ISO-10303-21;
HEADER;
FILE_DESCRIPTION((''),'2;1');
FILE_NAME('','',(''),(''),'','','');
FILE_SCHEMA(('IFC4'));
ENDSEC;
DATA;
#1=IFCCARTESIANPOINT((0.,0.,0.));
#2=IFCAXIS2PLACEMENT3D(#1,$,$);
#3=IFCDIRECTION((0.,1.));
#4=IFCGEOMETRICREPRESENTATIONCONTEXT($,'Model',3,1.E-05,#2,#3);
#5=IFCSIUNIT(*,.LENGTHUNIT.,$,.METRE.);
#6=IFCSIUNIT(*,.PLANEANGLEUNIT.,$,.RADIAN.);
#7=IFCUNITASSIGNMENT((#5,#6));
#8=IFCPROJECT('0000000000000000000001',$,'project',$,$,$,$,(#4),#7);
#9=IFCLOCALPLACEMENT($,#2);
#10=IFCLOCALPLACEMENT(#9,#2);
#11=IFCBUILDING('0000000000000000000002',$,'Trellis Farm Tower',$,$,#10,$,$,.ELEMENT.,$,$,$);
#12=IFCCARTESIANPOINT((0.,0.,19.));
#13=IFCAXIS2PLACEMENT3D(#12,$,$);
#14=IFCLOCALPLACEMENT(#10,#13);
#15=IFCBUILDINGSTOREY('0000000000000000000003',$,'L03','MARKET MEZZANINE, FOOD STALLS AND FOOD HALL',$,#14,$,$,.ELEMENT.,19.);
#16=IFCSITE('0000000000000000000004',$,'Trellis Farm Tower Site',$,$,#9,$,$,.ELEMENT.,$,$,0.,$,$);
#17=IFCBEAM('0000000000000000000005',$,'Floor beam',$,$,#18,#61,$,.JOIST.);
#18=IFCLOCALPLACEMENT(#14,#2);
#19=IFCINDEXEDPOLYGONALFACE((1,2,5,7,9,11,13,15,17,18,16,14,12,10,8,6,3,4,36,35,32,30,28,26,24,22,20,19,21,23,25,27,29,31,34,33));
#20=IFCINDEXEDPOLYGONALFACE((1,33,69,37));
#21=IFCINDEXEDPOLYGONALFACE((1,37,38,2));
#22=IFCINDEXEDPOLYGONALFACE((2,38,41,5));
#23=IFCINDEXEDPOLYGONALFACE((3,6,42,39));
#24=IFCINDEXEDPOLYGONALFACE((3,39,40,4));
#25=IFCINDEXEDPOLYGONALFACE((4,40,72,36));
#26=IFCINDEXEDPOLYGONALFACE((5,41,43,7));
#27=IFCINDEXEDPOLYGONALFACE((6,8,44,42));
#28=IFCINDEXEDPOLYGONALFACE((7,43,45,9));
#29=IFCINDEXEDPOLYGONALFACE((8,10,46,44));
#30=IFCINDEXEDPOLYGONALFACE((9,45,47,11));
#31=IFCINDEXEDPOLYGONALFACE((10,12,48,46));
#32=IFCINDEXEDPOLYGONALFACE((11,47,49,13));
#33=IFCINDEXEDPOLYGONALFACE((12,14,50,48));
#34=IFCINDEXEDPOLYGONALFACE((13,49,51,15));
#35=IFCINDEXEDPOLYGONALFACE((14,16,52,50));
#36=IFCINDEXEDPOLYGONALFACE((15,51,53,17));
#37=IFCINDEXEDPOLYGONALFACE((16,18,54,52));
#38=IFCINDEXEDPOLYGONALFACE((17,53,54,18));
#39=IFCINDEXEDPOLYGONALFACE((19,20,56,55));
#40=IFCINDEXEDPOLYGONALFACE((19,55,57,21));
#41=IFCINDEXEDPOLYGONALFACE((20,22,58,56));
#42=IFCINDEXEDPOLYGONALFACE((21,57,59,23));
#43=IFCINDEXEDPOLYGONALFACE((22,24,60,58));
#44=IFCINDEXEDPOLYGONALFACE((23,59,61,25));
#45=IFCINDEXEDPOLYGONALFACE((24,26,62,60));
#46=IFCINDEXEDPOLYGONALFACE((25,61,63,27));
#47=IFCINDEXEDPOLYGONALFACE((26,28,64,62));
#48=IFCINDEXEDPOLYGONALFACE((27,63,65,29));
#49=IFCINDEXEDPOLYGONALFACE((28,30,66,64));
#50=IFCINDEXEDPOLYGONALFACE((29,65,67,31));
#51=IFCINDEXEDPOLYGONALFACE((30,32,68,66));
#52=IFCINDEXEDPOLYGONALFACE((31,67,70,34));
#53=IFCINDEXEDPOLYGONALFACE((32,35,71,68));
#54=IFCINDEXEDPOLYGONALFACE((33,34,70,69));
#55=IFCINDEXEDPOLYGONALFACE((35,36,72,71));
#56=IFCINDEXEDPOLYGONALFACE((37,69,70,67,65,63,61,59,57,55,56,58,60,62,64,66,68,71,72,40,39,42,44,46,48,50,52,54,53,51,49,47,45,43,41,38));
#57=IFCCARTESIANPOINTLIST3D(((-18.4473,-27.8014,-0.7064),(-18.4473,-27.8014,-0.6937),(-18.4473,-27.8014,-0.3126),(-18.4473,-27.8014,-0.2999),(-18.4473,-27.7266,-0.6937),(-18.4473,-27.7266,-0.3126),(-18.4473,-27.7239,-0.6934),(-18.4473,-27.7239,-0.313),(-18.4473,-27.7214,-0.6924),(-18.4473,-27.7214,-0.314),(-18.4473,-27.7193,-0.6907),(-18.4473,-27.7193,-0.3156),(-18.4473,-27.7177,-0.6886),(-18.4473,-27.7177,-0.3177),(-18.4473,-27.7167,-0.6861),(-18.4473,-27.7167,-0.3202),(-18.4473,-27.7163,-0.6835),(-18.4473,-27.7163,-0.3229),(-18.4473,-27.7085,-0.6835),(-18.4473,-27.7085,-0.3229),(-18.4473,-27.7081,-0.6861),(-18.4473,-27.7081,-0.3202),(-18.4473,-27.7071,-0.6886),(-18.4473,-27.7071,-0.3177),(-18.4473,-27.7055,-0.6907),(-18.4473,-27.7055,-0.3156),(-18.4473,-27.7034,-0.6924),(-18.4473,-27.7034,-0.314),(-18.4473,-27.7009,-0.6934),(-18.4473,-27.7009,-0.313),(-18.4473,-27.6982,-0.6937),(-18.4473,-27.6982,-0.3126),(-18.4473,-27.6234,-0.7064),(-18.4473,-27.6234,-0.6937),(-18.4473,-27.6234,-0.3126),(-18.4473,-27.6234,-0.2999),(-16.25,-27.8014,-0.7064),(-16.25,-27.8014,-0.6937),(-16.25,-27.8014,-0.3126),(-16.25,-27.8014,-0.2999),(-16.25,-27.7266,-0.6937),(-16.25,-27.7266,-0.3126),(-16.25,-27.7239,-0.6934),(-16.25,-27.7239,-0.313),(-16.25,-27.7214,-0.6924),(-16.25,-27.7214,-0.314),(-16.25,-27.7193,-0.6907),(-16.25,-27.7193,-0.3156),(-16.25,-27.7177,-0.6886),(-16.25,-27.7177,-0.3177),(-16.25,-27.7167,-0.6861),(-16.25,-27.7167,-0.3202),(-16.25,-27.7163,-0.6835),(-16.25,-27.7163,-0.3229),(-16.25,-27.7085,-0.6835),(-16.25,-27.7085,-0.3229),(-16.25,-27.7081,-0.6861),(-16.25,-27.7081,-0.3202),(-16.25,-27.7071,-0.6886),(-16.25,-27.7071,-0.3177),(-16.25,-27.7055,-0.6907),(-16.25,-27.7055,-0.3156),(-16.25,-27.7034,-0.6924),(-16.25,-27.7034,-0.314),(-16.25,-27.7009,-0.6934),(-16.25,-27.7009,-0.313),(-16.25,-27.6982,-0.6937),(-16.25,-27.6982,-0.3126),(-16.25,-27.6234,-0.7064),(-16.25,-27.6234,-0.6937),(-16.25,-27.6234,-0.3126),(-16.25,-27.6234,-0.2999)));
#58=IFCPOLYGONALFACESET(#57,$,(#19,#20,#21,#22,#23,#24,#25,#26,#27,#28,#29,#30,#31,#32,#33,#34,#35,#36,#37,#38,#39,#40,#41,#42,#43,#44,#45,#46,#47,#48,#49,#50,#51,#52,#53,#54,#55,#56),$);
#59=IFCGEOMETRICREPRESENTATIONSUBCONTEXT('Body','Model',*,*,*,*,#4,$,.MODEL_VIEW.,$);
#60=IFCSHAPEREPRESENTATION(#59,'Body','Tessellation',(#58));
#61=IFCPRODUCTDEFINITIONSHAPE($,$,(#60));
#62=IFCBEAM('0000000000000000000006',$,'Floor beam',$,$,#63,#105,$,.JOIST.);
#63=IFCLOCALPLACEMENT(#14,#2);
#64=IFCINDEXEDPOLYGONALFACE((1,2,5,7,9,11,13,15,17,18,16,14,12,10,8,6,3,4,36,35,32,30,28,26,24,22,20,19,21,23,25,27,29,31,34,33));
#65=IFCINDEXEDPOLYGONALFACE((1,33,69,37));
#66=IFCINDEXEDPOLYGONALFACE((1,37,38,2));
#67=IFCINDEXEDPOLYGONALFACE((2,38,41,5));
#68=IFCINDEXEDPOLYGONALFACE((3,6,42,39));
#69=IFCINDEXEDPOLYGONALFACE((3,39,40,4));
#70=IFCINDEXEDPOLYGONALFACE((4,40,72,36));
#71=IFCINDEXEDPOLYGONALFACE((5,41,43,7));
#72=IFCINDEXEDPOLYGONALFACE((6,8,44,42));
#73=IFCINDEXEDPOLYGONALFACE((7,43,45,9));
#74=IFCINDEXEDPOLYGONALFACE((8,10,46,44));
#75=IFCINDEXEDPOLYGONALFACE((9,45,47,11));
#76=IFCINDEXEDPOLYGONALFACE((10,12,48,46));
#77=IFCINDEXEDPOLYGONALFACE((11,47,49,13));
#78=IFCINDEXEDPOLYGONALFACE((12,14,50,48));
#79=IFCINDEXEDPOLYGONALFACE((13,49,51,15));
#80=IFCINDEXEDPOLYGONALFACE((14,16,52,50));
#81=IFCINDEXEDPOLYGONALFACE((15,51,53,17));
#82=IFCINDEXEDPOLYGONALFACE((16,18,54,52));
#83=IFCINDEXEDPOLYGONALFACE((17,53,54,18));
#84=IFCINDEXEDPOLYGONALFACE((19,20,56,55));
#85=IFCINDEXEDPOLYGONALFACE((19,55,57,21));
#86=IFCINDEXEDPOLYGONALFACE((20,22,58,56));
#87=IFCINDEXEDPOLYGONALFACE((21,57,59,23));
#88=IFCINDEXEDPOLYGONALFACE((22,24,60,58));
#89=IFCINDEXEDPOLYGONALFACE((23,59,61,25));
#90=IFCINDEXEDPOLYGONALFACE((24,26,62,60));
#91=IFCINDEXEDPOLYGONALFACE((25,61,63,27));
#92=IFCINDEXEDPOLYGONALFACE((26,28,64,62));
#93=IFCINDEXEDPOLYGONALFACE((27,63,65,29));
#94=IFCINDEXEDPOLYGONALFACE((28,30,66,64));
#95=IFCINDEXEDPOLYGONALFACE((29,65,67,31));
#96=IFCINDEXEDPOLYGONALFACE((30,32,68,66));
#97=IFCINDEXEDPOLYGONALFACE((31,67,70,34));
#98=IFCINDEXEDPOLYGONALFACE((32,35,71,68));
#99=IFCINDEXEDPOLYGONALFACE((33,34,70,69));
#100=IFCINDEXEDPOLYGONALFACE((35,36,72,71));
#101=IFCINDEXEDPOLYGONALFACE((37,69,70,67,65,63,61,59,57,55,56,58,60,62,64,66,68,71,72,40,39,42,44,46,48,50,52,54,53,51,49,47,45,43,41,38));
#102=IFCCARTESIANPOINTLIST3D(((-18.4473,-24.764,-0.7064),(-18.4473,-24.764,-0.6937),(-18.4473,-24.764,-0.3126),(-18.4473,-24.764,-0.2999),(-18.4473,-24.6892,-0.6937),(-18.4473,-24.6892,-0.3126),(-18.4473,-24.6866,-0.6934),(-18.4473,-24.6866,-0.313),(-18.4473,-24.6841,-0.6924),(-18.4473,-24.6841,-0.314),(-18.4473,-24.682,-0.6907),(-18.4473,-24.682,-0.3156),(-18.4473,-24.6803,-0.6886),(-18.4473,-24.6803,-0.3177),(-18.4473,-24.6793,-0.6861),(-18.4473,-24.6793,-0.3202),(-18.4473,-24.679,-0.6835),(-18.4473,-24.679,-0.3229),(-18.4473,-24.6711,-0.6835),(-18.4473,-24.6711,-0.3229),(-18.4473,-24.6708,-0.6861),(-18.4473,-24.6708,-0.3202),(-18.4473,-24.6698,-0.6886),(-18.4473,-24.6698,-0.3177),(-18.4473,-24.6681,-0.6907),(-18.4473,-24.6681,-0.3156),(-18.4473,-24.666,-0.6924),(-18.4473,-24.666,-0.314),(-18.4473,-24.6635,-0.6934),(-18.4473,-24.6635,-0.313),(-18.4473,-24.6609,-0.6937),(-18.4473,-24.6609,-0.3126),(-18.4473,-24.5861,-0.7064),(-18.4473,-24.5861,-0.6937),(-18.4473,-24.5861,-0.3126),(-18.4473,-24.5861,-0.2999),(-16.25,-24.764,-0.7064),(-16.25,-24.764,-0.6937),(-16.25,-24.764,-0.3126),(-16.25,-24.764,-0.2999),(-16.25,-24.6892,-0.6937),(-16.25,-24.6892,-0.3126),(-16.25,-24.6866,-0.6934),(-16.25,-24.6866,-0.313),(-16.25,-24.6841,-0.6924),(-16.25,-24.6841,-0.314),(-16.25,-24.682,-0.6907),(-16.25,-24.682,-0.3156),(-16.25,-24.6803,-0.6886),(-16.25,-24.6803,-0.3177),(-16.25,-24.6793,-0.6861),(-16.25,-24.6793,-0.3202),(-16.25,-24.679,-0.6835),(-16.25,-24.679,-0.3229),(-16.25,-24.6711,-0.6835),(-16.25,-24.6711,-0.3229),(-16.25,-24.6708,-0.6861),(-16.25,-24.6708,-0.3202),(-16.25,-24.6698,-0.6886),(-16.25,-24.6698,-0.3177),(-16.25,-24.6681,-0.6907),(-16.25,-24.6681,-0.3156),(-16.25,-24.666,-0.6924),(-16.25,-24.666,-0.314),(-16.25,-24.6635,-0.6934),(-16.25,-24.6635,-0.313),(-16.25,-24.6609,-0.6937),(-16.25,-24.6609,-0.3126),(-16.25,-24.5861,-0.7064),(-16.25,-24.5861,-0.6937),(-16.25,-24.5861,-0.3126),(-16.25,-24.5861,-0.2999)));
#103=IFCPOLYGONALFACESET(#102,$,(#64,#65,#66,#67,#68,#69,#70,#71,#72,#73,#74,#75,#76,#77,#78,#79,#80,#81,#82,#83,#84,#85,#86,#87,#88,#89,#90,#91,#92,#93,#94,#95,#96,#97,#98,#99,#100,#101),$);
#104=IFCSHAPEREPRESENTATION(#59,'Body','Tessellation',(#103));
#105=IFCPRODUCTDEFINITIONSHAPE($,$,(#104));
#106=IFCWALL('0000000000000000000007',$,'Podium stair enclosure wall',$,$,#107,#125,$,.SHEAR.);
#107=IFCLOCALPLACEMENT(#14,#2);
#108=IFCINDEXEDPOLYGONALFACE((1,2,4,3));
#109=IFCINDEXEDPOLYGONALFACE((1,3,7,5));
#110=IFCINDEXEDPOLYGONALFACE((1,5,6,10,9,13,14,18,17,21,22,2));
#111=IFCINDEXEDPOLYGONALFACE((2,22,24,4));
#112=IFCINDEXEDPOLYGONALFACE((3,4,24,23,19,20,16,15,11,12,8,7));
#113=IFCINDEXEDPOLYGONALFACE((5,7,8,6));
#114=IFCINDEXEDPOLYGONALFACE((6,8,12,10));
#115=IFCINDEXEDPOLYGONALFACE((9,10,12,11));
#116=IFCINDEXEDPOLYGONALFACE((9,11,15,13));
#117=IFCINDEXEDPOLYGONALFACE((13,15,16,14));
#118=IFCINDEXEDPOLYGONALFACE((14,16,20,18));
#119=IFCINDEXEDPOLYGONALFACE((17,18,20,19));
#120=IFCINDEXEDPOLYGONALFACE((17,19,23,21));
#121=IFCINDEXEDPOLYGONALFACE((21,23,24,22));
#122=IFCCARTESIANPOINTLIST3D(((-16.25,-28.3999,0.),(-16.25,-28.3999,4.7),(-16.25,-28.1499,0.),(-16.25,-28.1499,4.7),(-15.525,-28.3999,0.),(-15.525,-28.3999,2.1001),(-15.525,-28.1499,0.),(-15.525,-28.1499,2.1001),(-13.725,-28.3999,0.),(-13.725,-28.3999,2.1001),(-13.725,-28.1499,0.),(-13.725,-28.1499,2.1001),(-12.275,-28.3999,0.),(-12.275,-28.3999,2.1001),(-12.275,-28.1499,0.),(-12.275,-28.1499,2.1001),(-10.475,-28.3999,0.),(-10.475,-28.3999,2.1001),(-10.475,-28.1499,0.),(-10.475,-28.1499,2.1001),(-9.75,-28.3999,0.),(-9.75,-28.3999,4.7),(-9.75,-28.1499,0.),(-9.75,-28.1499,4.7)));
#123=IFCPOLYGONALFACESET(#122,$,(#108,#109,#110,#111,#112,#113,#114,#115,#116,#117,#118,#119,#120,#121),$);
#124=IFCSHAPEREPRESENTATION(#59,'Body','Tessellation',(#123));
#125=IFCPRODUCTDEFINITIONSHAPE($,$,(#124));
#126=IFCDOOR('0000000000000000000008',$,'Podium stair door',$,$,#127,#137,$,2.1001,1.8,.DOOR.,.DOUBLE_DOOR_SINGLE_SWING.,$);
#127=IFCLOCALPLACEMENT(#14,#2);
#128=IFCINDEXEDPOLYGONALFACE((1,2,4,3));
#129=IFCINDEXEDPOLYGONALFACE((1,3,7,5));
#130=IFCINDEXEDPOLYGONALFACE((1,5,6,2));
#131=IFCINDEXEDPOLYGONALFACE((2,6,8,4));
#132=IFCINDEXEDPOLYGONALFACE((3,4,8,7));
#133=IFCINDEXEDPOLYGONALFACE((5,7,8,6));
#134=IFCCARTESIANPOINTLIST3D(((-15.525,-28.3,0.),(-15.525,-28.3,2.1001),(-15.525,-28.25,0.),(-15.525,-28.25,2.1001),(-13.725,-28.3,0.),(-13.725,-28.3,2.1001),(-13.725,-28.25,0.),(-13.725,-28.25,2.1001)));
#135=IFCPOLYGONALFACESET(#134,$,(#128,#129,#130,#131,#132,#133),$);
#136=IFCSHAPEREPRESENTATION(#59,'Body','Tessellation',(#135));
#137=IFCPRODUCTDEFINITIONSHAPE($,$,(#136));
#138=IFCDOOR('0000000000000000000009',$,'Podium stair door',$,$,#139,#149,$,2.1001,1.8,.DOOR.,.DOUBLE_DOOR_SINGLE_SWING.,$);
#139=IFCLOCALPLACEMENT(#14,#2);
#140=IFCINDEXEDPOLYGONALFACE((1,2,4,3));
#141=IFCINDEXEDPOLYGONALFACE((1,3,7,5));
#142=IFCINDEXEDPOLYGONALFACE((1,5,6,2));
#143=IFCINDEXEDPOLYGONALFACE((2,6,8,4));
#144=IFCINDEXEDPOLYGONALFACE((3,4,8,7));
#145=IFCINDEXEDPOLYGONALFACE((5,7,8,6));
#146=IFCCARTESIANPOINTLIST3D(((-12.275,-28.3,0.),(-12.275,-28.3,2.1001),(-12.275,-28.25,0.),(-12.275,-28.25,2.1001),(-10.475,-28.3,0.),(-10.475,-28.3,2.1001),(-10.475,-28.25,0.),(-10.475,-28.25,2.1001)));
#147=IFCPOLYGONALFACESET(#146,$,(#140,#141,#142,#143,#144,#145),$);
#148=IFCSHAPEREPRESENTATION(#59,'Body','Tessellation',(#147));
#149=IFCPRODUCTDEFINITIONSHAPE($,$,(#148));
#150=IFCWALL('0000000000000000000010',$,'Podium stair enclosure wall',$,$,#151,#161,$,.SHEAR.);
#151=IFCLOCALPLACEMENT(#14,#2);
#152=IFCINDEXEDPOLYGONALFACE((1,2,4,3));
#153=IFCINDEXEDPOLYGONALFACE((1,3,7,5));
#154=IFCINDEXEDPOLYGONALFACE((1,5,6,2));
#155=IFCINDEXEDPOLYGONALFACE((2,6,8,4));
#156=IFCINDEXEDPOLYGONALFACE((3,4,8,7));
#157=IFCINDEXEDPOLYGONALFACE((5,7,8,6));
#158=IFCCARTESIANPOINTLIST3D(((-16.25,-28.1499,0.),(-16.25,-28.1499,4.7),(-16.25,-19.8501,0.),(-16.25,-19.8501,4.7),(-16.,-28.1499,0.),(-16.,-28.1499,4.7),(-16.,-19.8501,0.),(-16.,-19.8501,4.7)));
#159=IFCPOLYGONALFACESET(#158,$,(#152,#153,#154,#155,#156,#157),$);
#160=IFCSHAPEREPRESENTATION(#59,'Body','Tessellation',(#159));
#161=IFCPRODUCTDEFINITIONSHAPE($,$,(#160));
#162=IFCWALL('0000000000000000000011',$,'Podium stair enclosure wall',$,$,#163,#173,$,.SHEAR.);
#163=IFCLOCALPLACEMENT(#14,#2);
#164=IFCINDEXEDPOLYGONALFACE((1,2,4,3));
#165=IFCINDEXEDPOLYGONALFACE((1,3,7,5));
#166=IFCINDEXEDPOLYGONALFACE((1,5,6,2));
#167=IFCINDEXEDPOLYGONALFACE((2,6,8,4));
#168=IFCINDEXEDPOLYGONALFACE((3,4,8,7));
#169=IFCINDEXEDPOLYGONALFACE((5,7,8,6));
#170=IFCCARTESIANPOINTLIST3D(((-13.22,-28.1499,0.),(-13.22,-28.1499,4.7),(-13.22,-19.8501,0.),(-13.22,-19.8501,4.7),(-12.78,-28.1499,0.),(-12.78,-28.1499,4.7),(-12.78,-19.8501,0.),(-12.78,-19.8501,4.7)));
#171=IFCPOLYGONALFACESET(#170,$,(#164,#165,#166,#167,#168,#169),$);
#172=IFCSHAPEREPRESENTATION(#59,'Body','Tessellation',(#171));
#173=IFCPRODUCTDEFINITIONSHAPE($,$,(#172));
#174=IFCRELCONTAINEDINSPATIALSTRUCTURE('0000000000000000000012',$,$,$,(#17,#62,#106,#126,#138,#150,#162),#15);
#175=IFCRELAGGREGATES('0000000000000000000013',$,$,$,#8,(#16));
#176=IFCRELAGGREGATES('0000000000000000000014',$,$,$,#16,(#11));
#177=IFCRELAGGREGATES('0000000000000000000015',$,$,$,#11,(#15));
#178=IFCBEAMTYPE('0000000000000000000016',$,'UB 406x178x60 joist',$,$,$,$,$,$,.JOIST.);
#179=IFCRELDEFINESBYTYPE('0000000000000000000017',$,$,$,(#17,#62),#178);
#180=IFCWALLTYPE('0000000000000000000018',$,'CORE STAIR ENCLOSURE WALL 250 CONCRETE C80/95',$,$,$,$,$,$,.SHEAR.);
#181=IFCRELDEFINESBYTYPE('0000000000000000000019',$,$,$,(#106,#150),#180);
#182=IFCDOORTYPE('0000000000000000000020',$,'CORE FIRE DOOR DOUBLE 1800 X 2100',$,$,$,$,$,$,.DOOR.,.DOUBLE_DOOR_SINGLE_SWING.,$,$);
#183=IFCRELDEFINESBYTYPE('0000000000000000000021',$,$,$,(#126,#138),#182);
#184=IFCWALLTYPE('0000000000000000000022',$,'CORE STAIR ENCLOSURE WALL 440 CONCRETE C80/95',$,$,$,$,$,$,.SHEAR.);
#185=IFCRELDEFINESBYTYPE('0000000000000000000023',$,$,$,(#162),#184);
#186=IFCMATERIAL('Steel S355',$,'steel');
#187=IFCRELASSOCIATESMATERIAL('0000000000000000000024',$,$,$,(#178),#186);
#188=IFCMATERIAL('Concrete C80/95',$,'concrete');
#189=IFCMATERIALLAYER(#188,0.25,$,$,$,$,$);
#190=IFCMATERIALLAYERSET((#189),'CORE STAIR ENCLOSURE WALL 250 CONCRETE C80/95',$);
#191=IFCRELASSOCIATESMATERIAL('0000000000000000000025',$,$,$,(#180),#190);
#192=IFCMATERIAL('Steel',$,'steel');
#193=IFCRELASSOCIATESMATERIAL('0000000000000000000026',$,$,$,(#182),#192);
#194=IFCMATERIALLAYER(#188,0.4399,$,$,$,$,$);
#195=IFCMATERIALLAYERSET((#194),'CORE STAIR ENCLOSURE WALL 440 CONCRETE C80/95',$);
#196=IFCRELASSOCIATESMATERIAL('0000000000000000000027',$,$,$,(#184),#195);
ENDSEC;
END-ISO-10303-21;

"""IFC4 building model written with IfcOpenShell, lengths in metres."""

from ifc_helpers import new_model, si_unit, direction, frame, frame_2d, origin, origin_2d, place, context, subcontext, project, spatial, rectangle, i_section, extrude, source, transform, mapped, material, layer, layer_set, material_profile, profile_set, type_object, element, fill, save


model = new_model("IFC4")

# Units and contexts
model_context = context("Model", 3, precision=1e-05, world=origin(), true_north=direction((0.0, 1.0)))
body_context = subcontext(model_context, "Body", "Model", "MODEL_VIEW")
ifc_project = project(units=[si_unit("LENGTHUNIT", "METRE"), si_unit("PLANEANGLEUNIT", "RADIAN")], contexts=[model_context])

# Site, building, storey
site_placement = place(None, origin())
site = spatial("IfcSite", under=ifc_project, at=site_placement, Name="Trellis Farm Tower Site", CompositionType="ELEMENT", RefElevation=0.0)
building_placement = place(site_placement, origin())
building = spatial("IfcBuilding", under=site, at=building_placement, Name="Trellis Farm Tower", CompositionType="ELEMENT")
storey_placement = place(building_placement, frame((0.0, 0.0, 19.0)))
storey = spatial("IfcBuildingStorey", under=building, at=storey_placement, Name="L03", Description="MARKET MEZZANINE, FOOD STALLS AND FOOD HALL", CompositionType="ELEMENT", Elevation=19.0)

# Beams
ifc_material_1 = material(Name="Steel S355", Category="steel")
ifc_material_profile_1 = material_profile(ifc_material_1, i_section(OverallWidth=0.178, OverallDepth=0.4065, WebThickness=0.0078, FlangeThickness=0.0127, FilletRadius=0.0103, at=origin_2d()), Name="UB 406x178x60")
ifc_profile_set_1 = profile_set([ifc_material_profile_1], Name="Steel S355")
beam_type_1 = type_object("IfcBeamType", Name="UB 406x178x60 joist", PredefinedType="JOIST", material=ifc_profile_set_1)
shared_shape_1 = source(origin(), body_context, "Body", "SweptSolid", [
    extrude(i_section(OverallWidth=0.178, OverallDepth=0.4065, WebThickness=0.0078, FlangeThickness=0.0127, FilletRadius=0.0103, at=origin_2d()), origin(), (0.0, 0.0, 1.0), 2.1973),
])
for number, where, z_axis, x_axis, name in (
    (1, (-18.4473, -27.7124, -0.5032), (1.0, 0.0, 0.0), (0.0, 1.0, 0.0), "Floor beam"),
    (2, (-18.4473, -24.675, -0.5032), (1.0, 0.0, 0.0), (0.0, 1.0, 0.0), "Floor beam"),
):
    element("IfcBeam", number, at=place(storey_placement, frame(where, z_axis=z_axis, x_axis=x_axis)), inside=storey, type_object=beam_type_1, Name=name, PredefinedType="JOIST", context=body_context, shape_type="MappedRepresentation", body=[
        mapped(shared_shape_1, transform((0.0, 0.0, 0.0))),
    ])

# Wall, openings, doors
ifc_material_2 = material(Name="Concrete C80/95", Category="concrete")
ifc_layer_1 = layer(ifc_material_2, 0.25)
ifc_layer_set_1 = layer_set([ifc_layer_1], Name="CORE STAIR ENCLOSURE WALL 250 CONCRETE C80/95")
wall_type_1 = type_object("IfcWallType", Name="CORE STAIR ENCLOSURE WALL 250 CONCRETE C80/95", PredefinedType="SHEAR", material=ifc_layer_set_1)
shared_shape_2 = source(origin(), body_context, "Body", "SweptSolid", [
    extrude(rectangle(XDim=6.5, YDim=0.25, at=frame_2d((3.25, 0.0))), origin(), (0.0, 0.0, 1.0), 4.7),
])
wall_1_placement = place(storey_placement, frame((-16.25, -28.2749, 0.0), z_axis=(0.0, 0.0, 1.0), x_axis=(1.0, 0.0, 0.0)))
wall_1 = element("IfcWall", 3, at=wall_1_placement, inside=storey, type_object=wall_type_1, Name="Podium stair enclosure wall", PredefinedType="SHEAR", context=body_context, shape_type="MappedRepresentation", body=[
    mapped(shared_shape_2, transform((0.0, 0.0, 0.0))),
])
shared_shape_3 = source(origin(), body_context, "Body", "SweptSolid", [
    extrude(rectangle(XDim=1.8, YDim=2.1001, at=frame_2d((0.8999, 1.05))), frame((0.0, 0.135, 0.0), z_axis=(0.0, -1.0, 0.0), x_axis=(1.0, 0.0, 0.0)), (0.0, 0.0, 1.0), 0.27),
])
opening_1_placement = place(wall_1_placement, frame((0.7251, 0.0, 0.0)))
opening_1 = element("IfcOpeningElement", 4, at=opening_1_placement, cuts=wall_1, PredefinedType="OPENING", context=body_context, shape_type="MappedRepresentation", body=[
    mapped(shared_shape_3, transform((0.0, 0.0, 0.0))),
])
opening_2_placement = place(wall_1_placement, frame((3.9751, 0.0, 0.0)))
opening_2 = element("IfcOpeningElement", 5, at=opening_2_placement, cuts=wall_1, PredefinedType="OPENING", context=body_context, shape_type="MappedRepresentation", body=[
    mapped(shared_shape_3, transform((0.0, 0.0, 0.0))),
])
ifc_material_3 = material(Name="Steel", Category="steel")
door_type_1 = type_object("IfcDoorType", Name="CORE FIRE DOOR DOUBLE 1800 X 2100", OperationType="DOUBLE_DOOR_SINGLE_SWING", PredefinedType="DOOR", material=ifc_material_3)
shared_shape_4 = source(origin(), body_context, "Body", "SweptSolid", [
    extrude(rectangle(XDim=1.8, YDim=2.1001, at=frame_2d((0.8999, 1.05))), frame((0.0, 0.0249, 0.0), z_axis=(0.0, -1.0, 0.0), x_axis=(1.0, 0.0, 0.0)), (0.0, 0.0, 1.0), 0.05),
])
door_1_placement = place(opening_1_placement, origin())
door_1 = element("IfcDoor", 6, at=door_1_placement, inside=storey, type_object=door_type_1, Name="Podium stair door", OperationType="DOUBLE_DOOR_SINGLE_SWING", OverallHeight=2.1001, OverallWidth=1.8, PredefinedType="DOOR", context=body_context, shape_type="MappedRepresentation", body=[
    mapped(shared_shape_4, transform((0.0, 0.0, 0.0))),
])
fill(opening_1, door_1)
door_2_placement = place(opening_2_placement, origin())
door_2 = element("IfcDoor", 7, at=door_2_placement, inside=storey, type_object=door_type_1, Name="Podium stair door", OperationType="DOUBLE_DOOR_SINGLE_SWING", OverallHeight=2.1001, OverallWidth=1.8, PredefinedType="DOOR", context=body_context, shape_type="MappedRepresentation", body=[
    mapped(shared_shape_4, transform((0.0, 0.0, 0.0))),
])
fill(opening_2, door_2)

# Walls
shared_shape_5 = source(origin(), body_context, "Body", "SweptSolid", [
    extrude(rectangle(XDim=8.2998, YDim=0.25, at=frame_2d((4.1499, 0.0))), origin(), (0.0, 0.0, 1.0), 4.7),
])
wall_2_placement = place(storey_placement, frame((-16.125, -28.1499, 0.0), z_axis=(0.0, 0.0, 1.0), x_axis=(0.0, 1.0, 0.0)))
element("IfcWall", 8, at=wall_2_placement, inside=storey, type_object=wall_type_1, Name="Podium stair enclosure wall", PredefinedType="SHEAR", context=body_context, shape_type="MappedRepresentation", body=[
    mapped(shared_shape_5, transform((0.0, 0.0, 0.0))),
])
ifc_layer_2 = layer(ifc_material_2, 0.4399)
ifc_layer_set_2 = layer_set([ifc_layer_2], Name="CORE STAIR ENCLOSURE WALL 440 CONCRETE C80/95")
wall_type_2 = type_object("IfcWallType", Name="CORE STAIR ENCLOSURE WALL 440 CONCRETE C80/95", PredefinedType="SHEAR", material=ifc_layer_set_2)
shared_shape_6 = source(origin(), body_context, "Body", "SweptSolid", [
    extrude(rectangle(XDim=8.2998, YDim=0.4399, at=frame_2d((4.1499, 0.0))), origin(), (0.0, 0.0, 1.0), 4.7),
])
wall_3_placement = place(storey_placement, frame((-13.0, -28.1499, 0.0), z_axis=(0.0, 0.0, 1.0), x_axis=(0.0, 1.0, 0.0)))
element("IfcWall", 9, at=wall_3_placement, inside=storey, type_object=wall_type_2, Name="Podium stair enclosure wall", PredefinedType="SHEAR", context=body_context, shape_type="MappedRepresentation", body=[
    mapped(shared_shape_6, transform((0.0, 0.0, 0.0))),
])

save(model, "model.ifc")
